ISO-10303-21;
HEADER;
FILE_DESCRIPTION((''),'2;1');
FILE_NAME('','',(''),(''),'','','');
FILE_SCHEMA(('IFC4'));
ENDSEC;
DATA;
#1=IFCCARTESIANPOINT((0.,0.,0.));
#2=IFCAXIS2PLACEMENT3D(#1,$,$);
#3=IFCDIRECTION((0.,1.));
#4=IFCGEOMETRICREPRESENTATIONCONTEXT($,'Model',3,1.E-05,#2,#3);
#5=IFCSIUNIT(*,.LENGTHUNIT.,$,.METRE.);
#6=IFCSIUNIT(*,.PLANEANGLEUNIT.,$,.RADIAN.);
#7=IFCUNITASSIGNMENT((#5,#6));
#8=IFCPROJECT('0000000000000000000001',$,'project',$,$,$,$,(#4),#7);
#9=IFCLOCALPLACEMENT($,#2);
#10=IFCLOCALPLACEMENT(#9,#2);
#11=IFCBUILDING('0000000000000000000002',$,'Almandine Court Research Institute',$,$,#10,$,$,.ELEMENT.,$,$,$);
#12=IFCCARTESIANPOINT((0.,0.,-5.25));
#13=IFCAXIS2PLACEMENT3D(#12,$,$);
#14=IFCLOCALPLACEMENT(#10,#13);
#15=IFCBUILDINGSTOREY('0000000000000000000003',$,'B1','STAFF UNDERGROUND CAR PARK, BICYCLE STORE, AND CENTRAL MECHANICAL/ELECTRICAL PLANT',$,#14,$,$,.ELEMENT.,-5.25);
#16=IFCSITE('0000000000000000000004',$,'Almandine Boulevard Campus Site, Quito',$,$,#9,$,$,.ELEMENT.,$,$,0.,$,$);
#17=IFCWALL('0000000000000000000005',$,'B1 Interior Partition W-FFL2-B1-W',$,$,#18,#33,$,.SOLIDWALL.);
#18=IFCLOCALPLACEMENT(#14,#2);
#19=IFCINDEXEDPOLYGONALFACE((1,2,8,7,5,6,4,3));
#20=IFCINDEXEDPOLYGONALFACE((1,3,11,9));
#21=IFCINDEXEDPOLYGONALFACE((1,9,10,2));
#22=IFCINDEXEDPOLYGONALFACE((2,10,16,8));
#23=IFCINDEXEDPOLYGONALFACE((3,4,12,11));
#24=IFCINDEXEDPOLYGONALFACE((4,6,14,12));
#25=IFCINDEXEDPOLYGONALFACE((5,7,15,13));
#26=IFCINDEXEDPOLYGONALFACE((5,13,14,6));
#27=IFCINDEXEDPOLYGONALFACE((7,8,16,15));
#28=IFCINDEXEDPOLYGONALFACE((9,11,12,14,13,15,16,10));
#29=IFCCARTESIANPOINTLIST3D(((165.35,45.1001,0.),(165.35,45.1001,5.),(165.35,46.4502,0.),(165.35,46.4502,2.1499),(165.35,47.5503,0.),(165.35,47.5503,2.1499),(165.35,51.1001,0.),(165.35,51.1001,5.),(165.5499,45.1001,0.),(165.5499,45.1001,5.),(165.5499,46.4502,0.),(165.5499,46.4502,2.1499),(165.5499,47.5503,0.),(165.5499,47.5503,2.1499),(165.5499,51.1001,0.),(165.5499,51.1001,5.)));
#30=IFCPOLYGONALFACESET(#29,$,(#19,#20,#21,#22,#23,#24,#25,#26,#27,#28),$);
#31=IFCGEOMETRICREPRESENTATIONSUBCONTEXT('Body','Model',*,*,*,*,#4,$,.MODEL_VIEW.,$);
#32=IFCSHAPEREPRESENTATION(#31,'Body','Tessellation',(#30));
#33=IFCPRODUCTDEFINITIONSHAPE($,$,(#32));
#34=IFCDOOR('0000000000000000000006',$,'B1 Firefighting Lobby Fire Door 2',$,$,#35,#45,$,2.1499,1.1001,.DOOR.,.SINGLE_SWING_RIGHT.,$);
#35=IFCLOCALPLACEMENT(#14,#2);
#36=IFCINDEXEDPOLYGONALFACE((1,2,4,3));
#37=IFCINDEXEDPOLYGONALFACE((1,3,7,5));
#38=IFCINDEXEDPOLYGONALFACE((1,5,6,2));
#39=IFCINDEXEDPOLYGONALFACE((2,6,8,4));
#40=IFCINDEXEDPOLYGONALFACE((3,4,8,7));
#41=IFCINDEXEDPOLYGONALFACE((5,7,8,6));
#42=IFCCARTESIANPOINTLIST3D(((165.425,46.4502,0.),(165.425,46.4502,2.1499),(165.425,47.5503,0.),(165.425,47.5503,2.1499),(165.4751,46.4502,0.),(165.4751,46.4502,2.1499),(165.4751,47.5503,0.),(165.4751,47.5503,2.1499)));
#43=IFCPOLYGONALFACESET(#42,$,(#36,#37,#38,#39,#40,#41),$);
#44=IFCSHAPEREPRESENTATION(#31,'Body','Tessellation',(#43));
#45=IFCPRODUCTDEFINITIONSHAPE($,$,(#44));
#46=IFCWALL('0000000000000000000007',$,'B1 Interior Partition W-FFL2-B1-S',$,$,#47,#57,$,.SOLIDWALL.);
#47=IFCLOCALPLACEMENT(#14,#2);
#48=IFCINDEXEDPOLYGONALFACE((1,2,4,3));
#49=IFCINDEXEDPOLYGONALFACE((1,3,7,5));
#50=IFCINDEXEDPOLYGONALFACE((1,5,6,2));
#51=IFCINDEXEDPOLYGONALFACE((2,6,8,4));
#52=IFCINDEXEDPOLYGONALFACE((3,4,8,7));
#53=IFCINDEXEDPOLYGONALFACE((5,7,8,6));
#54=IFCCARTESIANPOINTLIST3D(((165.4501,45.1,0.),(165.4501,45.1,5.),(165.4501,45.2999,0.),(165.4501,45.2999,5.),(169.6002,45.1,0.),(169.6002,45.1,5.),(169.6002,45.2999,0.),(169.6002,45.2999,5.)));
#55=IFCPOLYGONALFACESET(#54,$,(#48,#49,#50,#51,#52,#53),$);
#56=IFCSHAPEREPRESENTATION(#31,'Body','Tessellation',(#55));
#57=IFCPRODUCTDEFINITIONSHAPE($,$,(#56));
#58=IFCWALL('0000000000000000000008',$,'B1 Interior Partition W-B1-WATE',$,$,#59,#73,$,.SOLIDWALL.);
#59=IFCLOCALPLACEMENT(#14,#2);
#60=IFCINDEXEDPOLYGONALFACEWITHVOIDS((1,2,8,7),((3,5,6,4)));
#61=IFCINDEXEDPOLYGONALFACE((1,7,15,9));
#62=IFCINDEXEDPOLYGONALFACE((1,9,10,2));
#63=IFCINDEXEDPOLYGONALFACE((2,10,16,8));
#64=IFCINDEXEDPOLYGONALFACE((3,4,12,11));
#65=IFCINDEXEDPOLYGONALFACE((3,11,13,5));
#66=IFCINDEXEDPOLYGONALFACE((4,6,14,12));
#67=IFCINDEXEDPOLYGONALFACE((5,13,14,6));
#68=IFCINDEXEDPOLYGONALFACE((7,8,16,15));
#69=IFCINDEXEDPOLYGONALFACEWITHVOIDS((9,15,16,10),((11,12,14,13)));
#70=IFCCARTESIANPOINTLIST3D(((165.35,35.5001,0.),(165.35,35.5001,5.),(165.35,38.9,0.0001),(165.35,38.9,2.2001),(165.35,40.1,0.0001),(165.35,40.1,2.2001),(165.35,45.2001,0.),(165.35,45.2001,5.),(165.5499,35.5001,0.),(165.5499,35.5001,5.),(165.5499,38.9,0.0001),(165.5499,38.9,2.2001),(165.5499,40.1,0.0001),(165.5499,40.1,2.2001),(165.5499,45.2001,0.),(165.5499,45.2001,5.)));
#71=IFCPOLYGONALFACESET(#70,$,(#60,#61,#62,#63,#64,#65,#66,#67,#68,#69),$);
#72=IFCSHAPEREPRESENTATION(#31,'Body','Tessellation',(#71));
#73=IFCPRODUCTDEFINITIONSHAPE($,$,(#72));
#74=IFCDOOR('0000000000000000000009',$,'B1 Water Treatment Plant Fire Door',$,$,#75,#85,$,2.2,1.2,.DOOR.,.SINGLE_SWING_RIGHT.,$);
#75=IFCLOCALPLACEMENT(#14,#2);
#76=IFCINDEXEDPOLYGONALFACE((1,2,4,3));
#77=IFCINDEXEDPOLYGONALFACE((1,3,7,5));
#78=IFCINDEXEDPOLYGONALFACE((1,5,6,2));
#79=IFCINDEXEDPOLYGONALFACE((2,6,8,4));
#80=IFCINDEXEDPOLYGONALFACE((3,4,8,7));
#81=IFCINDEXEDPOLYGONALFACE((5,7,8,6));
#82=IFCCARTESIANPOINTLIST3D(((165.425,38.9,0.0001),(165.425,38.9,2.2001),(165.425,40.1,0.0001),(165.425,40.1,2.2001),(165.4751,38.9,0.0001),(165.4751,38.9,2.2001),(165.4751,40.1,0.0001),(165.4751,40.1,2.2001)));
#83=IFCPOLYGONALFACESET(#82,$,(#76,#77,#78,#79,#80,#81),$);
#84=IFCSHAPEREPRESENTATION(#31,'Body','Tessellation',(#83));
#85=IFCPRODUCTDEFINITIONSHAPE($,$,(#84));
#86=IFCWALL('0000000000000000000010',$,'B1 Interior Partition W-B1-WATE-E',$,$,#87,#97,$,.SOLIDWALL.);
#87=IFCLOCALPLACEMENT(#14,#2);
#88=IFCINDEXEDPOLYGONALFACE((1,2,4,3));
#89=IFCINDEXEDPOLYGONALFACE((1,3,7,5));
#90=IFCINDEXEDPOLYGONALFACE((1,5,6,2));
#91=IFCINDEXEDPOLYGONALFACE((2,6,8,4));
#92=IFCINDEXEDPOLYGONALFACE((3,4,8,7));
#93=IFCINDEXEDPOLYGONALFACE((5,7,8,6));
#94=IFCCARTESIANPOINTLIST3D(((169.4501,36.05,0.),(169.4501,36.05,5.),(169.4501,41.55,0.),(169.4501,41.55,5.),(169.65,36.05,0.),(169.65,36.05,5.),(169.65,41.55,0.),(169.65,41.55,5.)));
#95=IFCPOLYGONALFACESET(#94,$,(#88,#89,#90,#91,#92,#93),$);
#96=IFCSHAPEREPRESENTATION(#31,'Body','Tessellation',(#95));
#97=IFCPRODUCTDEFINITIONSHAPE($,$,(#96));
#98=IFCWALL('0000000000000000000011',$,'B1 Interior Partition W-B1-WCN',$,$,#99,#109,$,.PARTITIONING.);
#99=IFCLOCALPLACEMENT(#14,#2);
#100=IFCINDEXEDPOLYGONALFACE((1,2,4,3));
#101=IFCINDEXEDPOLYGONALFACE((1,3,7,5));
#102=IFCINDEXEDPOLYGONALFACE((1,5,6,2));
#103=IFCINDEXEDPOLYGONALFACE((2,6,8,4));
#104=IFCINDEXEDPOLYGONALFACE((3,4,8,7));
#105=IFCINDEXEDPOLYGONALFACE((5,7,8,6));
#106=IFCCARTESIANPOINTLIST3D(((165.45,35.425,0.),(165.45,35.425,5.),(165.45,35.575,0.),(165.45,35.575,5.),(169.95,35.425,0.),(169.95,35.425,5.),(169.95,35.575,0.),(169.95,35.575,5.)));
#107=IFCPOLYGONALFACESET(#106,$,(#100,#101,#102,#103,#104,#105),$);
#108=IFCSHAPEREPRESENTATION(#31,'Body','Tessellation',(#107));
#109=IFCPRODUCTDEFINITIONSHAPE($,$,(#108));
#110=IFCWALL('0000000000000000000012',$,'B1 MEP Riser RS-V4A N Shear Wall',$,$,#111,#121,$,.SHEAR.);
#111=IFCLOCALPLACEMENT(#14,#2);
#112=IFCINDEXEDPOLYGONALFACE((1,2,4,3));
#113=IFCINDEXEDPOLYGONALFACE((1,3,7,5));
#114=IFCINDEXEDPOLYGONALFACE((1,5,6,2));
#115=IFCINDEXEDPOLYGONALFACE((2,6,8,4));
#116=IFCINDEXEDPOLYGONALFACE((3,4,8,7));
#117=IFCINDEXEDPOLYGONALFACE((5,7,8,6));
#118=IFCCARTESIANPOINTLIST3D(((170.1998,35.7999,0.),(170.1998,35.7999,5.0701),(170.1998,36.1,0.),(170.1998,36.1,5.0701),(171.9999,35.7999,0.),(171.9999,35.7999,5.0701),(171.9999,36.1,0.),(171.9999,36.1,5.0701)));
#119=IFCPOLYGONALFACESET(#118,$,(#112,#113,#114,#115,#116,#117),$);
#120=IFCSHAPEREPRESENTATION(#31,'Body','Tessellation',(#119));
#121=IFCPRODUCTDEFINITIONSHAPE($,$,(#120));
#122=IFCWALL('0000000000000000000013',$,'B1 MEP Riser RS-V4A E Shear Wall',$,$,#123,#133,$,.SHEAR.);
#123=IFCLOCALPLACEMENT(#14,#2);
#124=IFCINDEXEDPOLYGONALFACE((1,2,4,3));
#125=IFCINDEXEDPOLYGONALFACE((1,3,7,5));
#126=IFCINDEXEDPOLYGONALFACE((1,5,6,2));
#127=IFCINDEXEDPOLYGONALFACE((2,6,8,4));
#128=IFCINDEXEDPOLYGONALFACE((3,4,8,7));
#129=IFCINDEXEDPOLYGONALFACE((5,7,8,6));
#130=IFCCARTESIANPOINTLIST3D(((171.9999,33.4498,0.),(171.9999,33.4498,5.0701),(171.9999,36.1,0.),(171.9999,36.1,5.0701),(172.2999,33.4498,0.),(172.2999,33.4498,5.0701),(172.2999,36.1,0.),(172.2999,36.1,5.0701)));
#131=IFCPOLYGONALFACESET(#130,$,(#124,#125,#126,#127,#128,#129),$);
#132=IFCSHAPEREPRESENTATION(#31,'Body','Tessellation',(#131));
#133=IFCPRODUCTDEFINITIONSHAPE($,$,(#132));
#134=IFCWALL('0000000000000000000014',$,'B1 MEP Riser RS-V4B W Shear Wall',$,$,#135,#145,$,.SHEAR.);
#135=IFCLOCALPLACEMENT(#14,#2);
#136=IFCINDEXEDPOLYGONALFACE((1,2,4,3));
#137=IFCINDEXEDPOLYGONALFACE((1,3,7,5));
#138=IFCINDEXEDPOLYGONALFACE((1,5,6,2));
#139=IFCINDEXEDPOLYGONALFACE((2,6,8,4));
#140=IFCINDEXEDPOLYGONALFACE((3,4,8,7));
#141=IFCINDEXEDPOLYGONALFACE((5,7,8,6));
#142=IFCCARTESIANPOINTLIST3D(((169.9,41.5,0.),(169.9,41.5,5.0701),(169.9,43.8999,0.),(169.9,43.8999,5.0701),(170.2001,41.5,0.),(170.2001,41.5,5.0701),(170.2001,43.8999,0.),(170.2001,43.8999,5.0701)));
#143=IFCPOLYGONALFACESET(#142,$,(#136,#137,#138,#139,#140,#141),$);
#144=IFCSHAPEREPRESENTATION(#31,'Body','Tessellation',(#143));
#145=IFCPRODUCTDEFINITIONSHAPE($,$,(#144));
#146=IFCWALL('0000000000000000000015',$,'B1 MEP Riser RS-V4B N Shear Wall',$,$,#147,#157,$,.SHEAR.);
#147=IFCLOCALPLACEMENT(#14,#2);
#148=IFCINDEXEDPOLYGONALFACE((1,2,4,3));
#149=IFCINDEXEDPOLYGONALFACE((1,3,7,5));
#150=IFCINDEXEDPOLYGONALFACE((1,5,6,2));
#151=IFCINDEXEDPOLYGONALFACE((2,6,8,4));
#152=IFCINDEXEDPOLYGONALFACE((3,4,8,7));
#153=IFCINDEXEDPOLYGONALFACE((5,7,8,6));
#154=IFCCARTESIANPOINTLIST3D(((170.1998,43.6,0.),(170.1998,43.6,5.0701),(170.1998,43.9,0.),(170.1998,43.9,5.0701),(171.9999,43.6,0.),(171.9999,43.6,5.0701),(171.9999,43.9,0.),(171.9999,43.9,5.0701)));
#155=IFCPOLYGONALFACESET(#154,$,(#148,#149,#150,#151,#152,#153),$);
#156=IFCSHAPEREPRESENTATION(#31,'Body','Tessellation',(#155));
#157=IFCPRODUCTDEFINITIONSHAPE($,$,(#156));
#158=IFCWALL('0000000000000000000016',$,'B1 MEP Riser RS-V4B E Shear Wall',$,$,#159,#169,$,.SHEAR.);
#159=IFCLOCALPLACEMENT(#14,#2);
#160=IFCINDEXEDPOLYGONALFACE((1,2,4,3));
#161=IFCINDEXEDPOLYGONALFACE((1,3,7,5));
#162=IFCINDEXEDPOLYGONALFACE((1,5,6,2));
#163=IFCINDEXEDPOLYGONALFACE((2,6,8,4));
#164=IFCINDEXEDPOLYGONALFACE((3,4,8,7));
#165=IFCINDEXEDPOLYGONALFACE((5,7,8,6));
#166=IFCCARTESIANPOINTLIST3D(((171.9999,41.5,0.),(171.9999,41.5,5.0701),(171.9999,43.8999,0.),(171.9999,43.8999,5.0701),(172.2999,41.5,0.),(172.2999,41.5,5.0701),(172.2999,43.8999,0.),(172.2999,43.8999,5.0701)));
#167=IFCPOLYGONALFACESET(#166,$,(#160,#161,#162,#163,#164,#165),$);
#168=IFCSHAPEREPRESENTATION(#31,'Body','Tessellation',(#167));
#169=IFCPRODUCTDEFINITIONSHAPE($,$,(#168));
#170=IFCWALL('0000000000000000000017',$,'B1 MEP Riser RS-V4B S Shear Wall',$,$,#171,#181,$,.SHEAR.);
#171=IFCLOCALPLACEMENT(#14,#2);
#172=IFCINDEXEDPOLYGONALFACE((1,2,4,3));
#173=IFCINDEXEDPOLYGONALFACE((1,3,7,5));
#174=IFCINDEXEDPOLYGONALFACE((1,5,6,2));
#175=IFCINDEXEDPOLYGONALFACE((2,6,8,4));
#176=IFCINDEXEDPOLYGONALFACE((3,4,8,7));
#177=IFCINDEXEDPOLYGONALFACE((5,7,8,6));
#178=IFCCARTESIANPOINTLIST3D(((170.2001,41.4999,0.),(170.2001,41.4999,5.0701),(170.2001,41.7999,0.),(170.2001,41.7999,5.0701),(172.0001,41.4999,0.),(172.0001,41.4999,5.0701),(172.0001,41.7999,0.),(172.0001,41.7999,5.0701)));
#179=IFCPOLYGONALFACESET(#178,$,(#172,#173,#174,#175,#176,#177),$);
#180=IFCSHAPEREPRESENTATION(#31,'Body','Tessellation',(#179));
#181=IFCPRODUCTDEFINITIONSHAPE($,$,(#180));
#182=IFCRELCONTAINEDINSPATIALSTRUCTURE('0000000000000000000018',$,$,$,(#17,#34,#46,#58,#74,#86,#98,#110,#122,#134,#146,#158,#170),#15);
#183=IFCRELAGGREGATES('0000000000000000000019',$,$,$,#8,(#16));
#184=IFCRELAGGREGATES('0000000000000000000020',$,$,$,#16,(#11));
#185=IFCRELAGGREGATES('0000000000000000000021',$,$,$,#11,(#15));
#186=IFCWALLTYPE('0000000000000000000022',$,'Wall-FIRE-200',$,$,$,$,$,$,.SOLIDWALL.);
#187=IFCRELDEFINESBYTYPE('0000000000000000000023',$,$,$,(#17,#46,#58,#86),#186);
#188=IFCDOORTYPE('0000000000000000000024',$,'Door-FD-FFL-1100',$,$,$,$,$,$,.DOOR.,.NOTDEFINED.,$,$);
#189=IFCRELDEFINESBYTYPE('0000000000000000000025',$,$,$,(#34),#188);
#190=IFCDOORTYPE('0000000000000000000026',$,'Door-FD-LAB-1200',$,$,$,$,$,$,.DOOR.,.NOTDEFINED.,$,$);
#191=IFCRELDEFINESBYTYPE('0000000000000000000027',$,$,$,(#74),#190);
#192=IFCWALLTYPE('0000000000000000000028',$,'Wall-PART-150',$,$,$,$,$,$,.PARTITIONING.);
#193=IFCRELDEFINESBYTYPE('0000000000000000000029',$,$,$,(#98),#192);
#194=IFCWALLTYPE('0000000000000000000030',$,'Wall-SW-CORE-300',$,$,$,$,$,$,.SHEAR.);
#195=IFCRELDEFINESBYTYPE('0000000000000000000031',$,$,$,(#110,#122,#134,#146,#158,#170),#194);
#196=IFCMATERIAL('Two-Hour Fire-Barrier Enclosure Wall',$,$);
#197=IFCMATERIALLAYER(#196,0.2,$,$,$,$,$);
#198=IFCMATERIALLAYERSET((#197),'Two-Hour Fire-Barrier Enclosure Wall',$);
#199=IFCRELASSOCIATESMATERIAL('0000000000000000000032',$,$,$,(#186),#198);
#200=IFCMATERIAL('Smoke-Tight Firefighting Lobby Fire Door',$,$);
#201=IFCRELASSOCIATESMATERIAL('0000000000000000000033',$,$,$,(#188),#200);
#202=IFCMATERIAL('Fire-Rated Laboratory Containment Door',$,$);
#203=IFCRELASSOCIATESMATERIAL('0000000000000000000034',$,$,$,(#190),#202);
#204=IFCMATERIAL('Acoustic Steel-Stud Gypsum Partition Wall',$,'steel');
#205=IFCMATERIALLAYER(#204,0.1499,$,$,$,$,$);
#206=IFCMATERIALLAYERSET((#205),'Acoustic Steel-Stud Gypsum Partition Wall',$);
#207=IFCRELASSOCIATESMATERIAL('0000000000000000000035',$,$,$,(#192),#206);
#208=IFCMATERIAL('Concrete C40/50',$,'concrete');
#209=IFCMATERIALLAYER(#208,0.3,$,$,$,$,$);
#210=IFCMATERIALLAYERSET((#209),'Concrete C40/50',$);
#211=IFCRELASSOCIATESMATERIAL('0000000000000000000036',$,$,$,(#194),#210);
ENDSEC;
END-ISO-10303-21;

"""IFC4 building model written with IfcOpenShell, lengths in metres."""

from ifc_helpers import new_model, si_unit, direction, frame, frame_2d, origin, place, context, subcontext, project, spatial, rectangle, extrude, material, layer, layer_set, type_object, element, fill, save


model = new_model("IFC4")

# Units and contexts
model_context = context("Model", 3, precision=1e-05, world=origin(), true_north=direction((0.0, 1.0)))
body_context = subcontext(model_context, "Body", "Model", "MODEL_VIEW")
ifc_project = project(units=[si_unit("LENGTHUNIT", "METRE"), si_unit("PLANEANGLEUNIT", "RADIAN")], contexts=[model_context])

# Site, building, storey
site_placement = place(None, origin())
site = spatial("IfcSite", under=ifc_project, at=site_placement, Name="Almandine Boulevard Campus Site, Quito", CompositionType="ELEMENT", RefElevation=0.0)
building_placement = place(site_placement, origin())
building = spatial("IfcBuilding", under=site, at=building_placement, Name="Almandine Court Research Institute", CompositionType="ELEMENT")
storey_placement = place(building_placement, frame((0.0, 0.0, -5.25)))
storey = spatial("IfcBuildingStorey", under=building, at=storey_placement, Name="B1", Description="STAFF UNDERGROUND CAR PARK, BICYCLE STORE, AND CENTRAL MECHANICAL/ELECTRICAL PLANT", CompositionType="ELEMENT", Elevation=-5.25)

# Shared definitions
ifc_material_1 = material(Name="Concrete C40/50", Category="concrete")

# Wall, opening, door
ifc_material_2 = material(Name="Two-Hour Fire-Barrier Enclosure Wall")
ifc_layer_1 = layer(ifc_material_2, 0.2)
ifc_layer_set_1 = layer_set([ifc_layer_1], Name="Two-Hour Fire-Barrier Enclosure Wall")
wall_type_1 = type_object("IfcWallType", Name="Wall-FIRE-200", PredefinedType="SOLIDWALL", material=ifc_layer_set_1)
wall_1_placement = place(storey_placement, frame((165.45, 45.1001, 0.0), z_axis=(0.0, 0.0, 1.0), x_axis=(0.0, 1.0, 0.0)))
wall_1 = element("IfcWall", 1, at=wall_1_placement, inside=storey, type_object=wall_type_1, Name="B1 Interior Partition W-FFL2-B1-W", PredefinedType="SOLIDWALL", context=body_context, shape_type="SweptSolid", body=[
    extrude(rectangle(XDim=6.0, YDim=0.2, at=frame_2d((3.0, 0.0))), origin(), (0.0, 0.0, 1.0), 5.0),
])
opening_1_placement = place(wall_1_placement, frame((1.3501, 0.0, 0.0)))
opening_1 = element("IfcOpeningElement", 2, at=opening_1_placement, cuts=wall_1, PredefinedType="OPENING", context=body_context, shape_type="SweptSolid", body=[
    extrude(rectangle(XDim=1.1001, YDim=2.1499, at=frame_2d((0.55, 1.075))), frame((0.0, 0.1099, 0.0), z_axis=(0.0, -1.0, 0.0), x_axis=(1.0, 0.0, 0.0)), (0.0, 0.0, 1.0), 0.22),
])
ifc_material_3 = material(Name="Smoke-Tight Firefighting Lobby Fire Door")
door_type_1 = type_object("IfcDoorType", Name="Door-FD-FFL-1100", OperationType="NOTDEFINED", PredefinedType="DOOR", material=ifc_material_3)
door_1_placement = place(opening_1_placement, origin())
door_1 = element("IfcDoor", 3, at=door_1_placement, inside=storey, type_object=door_type_1, Name="B1 Firefighting Lobby Fire Door 2", OperationType="SINGLE_SWING_RIGHT", OverallHeight=2.1499, OverallWidth=1.1001, PredefinedType="DOOR", context=body_context, shape_type="SweptSolid", body=[
    extrude(rectangle(XDim=1.1001, YDim=2.1499, at=frame_2d((0.55, 1.075))), frame((0.0, 0.0249, 0.0), z_axis=(0.0, -1.0, 0.0), x_axis=(1.0, 0.0, 0.0)), (0.0, 0.0, 1.0), 0.05),
])
fill(opening_1, door_1)

# Wall
wall_2_placement = place(storey_placement, frame((165.45, 45.2, 0.0), z_axis=(0.0, 0.0, 1.0), x_axis=(1.0, 0.0, 0.0)))
element("IfcWall", 4, at=wall_2_placement, inside=storey, type_object=wall_type_1, Name="B1 Interior Partition W-FFL2-B1-S", PredefinedType="SOLIDWALL", context=body_context, shape_type="SweptSolid", body=[
    extrude(rectangle(XDim=4.1501, YDim=0.2, at=frame_2d((2.0752, 0.0))), origin(), (0.0, 0.0, 1.0), 5.0),
])

# Wall, opening, door
wall_3_placement = place(storey_placement, frame((165.45, 35.5, 0.0), z_axis=(0.0, 0.0, 1.0), x_axis=(0.0, 1.0, 0.0)))
wall_3 = element("IfcWall", 5, at=wall_3_placement, inside=storey, type_object=wall_type_1, Name="B1 Interior Partition W-B1-WATE", PredefinedType="SOLIDWALL", context=body_context, shape_type="SweptSolid", body=[
    extrude(rectangle(XDim=9.7, YDim=0.2, at=frame_2d((4.8501, 0.0))), origin(), (0.0, 0.0, 1.0), 5.0),
])
opening_2_placement = place(wall_3_placement, frame((3.3999, 0.0, 0.0)))
opening_2 = element("IfcOpeningElement", 6, at=opening_2_placement, cuts=wall_3, PredefinedType="OPENING", context=body_context, shape_type="SweptSolid", body=[
    extrude(rectangle(XDim=1.2, YDim=2.2, at=frame_2d((0.6001, 1.1001))), frame((0.0, 0.1099, 0.0), z_axis=(0.0, -1.0, 0.0), x_axis=(1.0, 0.0, 0.0)), (0.0, 0.0, 1.0), 0.22),
])
ifc_material_4 = material(Name="Fire-Rated Laboratory Containment Door")
door_type_2 = type_object("IfcDoorType", Name="Door-FD-LAB-1200", OperationType="NOTDEFINED", PredefinedType="DOOR", material=ifc_material_4)
door_2_placement = place(opening_2_placement, origin())
door_2 = element("IfcDoor", 7, at=door_2_placement, inside=storey, type_object=door_type_2, Name="B1 Water Treatment Plant Fire Door", OperationType="SINGLE_SWING_RIGHT", OverallHeight=2.2, OverallWidth=1.2, PredefinedType="DOOR", context=body_context, shape_type="SweptSolid", body=[
    extrude(rectangle(XDim=1.2, YDim=2.2, at=frame_2d((0.6001, 1.1001))), frame((0.0, 0.0249, 0.0), z_axis=(0.0, -1.0, 0.0), x_axis=(1.0, 0.0, 0.0)), (0.0, 0.0, 1.0), 0.05),
])
fill(opening_2, door_2)

# Walls
wall_4_placement = place(storey_placement, frame((169.55, 36.05, 0.0), z_axis=(0.0, 0.0, 1.0), x_axis=(0.0, 1.0, 0.0)))
element("IfcWall", 8, at=wall_4_placement, inside=storey, type_object=wall_type_1, Name="B1 Interior Partition W-B1-WATE-E", PredefinedType="SOLIDWALL", context=body_context, shape_type="SweptSolid", body=[
    extrude(rectangle(XDim=5.5, YDim=0.2, at=frame_2d((2.75, 0.0))), origin(), (0.0, 0.0, 1.0), 5.0),
])
ifc_material_5 = material(Name="Acoustic Steel-Stud Gypsum Partition Wall", Category="steel")
ifc_layer_2 = layer(ifc_material_5, 0.1499)
ifc_layer_set_2 = layer_set([ifc_layer_2], Name="Acoustic Steel-Stud Gypsum Partition Wall")
wall_type_2 = type_object("IfcWallType", Name="Wall-PART-150", PredefinedType="PARTITIONING", material=ifc_layer_set_2)
wall_5_placement = place(storey_placement, frame((165.45, 35.5, 0.0), z_axis=(0.0, 0.0, 1.0), x_axis=(1.0, 0.0, 0.0)))
element("IfcWall", 9, at=wall_5_placement, inside=storey, type_object=wall_type_2, Name="B1 Interior Partition W-B1-WCN", PredefinedType="PARTITIONING", context=body_context, shape_type="SweptSolid", body=[
    extrude(rectangle(XDim=4.5, YDim=0.1499, at=frame_2d((2.25, 0.0))), origin(), (0.0, 0.0, 1.0), 5.0),
])
ifc_layer_3 = layer(ifc_material_1, 0.3)
ifc_layer_set_3 = layer_set([ifc_layer_3], Name="Concrete C40/50")
wall_type_3 = type_object("IfcWallType", Name="Wall-SW-CORE-300", PredefinedType="SHEAR", material=ifc_layer_set_3)
wall_6_placement = place(storey_placement, frame((170.2, 35.95, 0.0), z_axis=(0.0, 0.0, 1.0), x_axis=(1.0, 0.0, 0.0)))
element("IfcWall", 10, at=wall_6_placement, inside=storey, type_object=wall_type_3, Name="B1 MEP Riser RS-V4A N Shear Wall", PredefinedType="SHEAR", context=body_context, shape_type="SweptSolid", body=[
    extrude(rectangle(XDim=1.8, YDim=0.3, at=frame_2d((0.8999, 0.0))), origin(), (0.0, 0.0, 1.0), 5.0701),
])
wall_7_placement = place(storey_placement, frame((172.1499, 36.1001, 0.0), z_axis=(0.0, 0.0, 1.0), x_axis=(0.0, -1.0, 0.0)))
element("IfcWall", 11, at=wall_7_placement, inside=storey, type_object=wall_type_3, Name="B1 MEP Riser RS-V4A E Shear Wall", PredefinedType="SHEAR", context=body_context, shape_type="SweptSolid", body=[
    extrude(rectangle(XDim=2.6501, YDim=0.3, at=frame_2d((1.3252, 0.0))), origin(), (0.0, 0.0, 1.0), 5.0701),
])
wall_8_placement = place(storey_placement, frame((170.05, 41.5, 0.0), z_axis=(0.0, 0.0, 1.0), x_axis=(0.0, 1.0, 0.0)))
element("IfcWall", 12, at=wall_8_placement, inside=storey, type_object=wall_type_3, Name="B1 MEP Riser RS-V4B W Shear Wall", PredefinedType="SHEAR", context=body_context, shape_type="SweptSolid", body=[
    extrude(rectangle(XDim=2.3999, YDim=0.3, at=frame_2d((1.2, 0.0))), origin(), (0.0, 0.0, 1.0), 5.0701),
])
wall_9_placement = place(storey_placement, frame((170.2, 43.75, 0.0), z_axis=(0.0, 0.0, 1.0), x_axis=(1.0, 0.0, 0.0)))
element("IfcWall", 13, at=wall_9_placement, inside=storey, type_object=wall_type_3, Name="B1 MEP Riser RS-V4B N Shear Wall", PredefinedType="SHEAR", context=body_context, shape_type="SweptSolid", body=[
    extrude(rectangle(XDim=1.8, YDim=0.3, at=frame_2d((0.8999, 0.0))), origin(), (0.0, 0.0, 1.0), 5.0701),
])
wall_10_placement = place(storey_placement, frame((172.1499, 43.8999, 0.0), z_axis=(0.0, 0.0, 1.0), x_axis=(0.0, -1.0, 0.0)))
element("IfcWall", 14, at=wall_10_placement, inside=storey, type_object=wall_type_3, Name="B1 MEP Riser RS-V4B E Shear Wall", PredefinedType="SHEAR", context=body_context, shape_type="SweptSolid", body=[
    extrude(rectangle(XDim=2.3999, YDim=0.3, at=frame_2d((1.2, 0.0))), origin(), (0.0, 0.0, 1.0), 5.0701),
])
wall_11_placement = place(storey_placement, frame((172.0, 41.6499, 0.0), z_axis=(0.0, 0.0, 1.0), x_axis=(-1.0, 0.0, 0.0)))
element("IfcWall", 15, at=wall_11_placement, inside=storey, type_object=wall_type_3, Name="B1 MEP Riser RS-V4B S Shear Wall", PredefinedType="SHEAR", context=body_context, shape_type="SweptSolid", body=[
    extrude(rectangle(XDim=1.8, YDim=0.3, at=frame_2d((0.8999, 0.0))), origin(), (0.0, 0.0, 1.0), 5.0701),
])

save(model, "model.ifc")
